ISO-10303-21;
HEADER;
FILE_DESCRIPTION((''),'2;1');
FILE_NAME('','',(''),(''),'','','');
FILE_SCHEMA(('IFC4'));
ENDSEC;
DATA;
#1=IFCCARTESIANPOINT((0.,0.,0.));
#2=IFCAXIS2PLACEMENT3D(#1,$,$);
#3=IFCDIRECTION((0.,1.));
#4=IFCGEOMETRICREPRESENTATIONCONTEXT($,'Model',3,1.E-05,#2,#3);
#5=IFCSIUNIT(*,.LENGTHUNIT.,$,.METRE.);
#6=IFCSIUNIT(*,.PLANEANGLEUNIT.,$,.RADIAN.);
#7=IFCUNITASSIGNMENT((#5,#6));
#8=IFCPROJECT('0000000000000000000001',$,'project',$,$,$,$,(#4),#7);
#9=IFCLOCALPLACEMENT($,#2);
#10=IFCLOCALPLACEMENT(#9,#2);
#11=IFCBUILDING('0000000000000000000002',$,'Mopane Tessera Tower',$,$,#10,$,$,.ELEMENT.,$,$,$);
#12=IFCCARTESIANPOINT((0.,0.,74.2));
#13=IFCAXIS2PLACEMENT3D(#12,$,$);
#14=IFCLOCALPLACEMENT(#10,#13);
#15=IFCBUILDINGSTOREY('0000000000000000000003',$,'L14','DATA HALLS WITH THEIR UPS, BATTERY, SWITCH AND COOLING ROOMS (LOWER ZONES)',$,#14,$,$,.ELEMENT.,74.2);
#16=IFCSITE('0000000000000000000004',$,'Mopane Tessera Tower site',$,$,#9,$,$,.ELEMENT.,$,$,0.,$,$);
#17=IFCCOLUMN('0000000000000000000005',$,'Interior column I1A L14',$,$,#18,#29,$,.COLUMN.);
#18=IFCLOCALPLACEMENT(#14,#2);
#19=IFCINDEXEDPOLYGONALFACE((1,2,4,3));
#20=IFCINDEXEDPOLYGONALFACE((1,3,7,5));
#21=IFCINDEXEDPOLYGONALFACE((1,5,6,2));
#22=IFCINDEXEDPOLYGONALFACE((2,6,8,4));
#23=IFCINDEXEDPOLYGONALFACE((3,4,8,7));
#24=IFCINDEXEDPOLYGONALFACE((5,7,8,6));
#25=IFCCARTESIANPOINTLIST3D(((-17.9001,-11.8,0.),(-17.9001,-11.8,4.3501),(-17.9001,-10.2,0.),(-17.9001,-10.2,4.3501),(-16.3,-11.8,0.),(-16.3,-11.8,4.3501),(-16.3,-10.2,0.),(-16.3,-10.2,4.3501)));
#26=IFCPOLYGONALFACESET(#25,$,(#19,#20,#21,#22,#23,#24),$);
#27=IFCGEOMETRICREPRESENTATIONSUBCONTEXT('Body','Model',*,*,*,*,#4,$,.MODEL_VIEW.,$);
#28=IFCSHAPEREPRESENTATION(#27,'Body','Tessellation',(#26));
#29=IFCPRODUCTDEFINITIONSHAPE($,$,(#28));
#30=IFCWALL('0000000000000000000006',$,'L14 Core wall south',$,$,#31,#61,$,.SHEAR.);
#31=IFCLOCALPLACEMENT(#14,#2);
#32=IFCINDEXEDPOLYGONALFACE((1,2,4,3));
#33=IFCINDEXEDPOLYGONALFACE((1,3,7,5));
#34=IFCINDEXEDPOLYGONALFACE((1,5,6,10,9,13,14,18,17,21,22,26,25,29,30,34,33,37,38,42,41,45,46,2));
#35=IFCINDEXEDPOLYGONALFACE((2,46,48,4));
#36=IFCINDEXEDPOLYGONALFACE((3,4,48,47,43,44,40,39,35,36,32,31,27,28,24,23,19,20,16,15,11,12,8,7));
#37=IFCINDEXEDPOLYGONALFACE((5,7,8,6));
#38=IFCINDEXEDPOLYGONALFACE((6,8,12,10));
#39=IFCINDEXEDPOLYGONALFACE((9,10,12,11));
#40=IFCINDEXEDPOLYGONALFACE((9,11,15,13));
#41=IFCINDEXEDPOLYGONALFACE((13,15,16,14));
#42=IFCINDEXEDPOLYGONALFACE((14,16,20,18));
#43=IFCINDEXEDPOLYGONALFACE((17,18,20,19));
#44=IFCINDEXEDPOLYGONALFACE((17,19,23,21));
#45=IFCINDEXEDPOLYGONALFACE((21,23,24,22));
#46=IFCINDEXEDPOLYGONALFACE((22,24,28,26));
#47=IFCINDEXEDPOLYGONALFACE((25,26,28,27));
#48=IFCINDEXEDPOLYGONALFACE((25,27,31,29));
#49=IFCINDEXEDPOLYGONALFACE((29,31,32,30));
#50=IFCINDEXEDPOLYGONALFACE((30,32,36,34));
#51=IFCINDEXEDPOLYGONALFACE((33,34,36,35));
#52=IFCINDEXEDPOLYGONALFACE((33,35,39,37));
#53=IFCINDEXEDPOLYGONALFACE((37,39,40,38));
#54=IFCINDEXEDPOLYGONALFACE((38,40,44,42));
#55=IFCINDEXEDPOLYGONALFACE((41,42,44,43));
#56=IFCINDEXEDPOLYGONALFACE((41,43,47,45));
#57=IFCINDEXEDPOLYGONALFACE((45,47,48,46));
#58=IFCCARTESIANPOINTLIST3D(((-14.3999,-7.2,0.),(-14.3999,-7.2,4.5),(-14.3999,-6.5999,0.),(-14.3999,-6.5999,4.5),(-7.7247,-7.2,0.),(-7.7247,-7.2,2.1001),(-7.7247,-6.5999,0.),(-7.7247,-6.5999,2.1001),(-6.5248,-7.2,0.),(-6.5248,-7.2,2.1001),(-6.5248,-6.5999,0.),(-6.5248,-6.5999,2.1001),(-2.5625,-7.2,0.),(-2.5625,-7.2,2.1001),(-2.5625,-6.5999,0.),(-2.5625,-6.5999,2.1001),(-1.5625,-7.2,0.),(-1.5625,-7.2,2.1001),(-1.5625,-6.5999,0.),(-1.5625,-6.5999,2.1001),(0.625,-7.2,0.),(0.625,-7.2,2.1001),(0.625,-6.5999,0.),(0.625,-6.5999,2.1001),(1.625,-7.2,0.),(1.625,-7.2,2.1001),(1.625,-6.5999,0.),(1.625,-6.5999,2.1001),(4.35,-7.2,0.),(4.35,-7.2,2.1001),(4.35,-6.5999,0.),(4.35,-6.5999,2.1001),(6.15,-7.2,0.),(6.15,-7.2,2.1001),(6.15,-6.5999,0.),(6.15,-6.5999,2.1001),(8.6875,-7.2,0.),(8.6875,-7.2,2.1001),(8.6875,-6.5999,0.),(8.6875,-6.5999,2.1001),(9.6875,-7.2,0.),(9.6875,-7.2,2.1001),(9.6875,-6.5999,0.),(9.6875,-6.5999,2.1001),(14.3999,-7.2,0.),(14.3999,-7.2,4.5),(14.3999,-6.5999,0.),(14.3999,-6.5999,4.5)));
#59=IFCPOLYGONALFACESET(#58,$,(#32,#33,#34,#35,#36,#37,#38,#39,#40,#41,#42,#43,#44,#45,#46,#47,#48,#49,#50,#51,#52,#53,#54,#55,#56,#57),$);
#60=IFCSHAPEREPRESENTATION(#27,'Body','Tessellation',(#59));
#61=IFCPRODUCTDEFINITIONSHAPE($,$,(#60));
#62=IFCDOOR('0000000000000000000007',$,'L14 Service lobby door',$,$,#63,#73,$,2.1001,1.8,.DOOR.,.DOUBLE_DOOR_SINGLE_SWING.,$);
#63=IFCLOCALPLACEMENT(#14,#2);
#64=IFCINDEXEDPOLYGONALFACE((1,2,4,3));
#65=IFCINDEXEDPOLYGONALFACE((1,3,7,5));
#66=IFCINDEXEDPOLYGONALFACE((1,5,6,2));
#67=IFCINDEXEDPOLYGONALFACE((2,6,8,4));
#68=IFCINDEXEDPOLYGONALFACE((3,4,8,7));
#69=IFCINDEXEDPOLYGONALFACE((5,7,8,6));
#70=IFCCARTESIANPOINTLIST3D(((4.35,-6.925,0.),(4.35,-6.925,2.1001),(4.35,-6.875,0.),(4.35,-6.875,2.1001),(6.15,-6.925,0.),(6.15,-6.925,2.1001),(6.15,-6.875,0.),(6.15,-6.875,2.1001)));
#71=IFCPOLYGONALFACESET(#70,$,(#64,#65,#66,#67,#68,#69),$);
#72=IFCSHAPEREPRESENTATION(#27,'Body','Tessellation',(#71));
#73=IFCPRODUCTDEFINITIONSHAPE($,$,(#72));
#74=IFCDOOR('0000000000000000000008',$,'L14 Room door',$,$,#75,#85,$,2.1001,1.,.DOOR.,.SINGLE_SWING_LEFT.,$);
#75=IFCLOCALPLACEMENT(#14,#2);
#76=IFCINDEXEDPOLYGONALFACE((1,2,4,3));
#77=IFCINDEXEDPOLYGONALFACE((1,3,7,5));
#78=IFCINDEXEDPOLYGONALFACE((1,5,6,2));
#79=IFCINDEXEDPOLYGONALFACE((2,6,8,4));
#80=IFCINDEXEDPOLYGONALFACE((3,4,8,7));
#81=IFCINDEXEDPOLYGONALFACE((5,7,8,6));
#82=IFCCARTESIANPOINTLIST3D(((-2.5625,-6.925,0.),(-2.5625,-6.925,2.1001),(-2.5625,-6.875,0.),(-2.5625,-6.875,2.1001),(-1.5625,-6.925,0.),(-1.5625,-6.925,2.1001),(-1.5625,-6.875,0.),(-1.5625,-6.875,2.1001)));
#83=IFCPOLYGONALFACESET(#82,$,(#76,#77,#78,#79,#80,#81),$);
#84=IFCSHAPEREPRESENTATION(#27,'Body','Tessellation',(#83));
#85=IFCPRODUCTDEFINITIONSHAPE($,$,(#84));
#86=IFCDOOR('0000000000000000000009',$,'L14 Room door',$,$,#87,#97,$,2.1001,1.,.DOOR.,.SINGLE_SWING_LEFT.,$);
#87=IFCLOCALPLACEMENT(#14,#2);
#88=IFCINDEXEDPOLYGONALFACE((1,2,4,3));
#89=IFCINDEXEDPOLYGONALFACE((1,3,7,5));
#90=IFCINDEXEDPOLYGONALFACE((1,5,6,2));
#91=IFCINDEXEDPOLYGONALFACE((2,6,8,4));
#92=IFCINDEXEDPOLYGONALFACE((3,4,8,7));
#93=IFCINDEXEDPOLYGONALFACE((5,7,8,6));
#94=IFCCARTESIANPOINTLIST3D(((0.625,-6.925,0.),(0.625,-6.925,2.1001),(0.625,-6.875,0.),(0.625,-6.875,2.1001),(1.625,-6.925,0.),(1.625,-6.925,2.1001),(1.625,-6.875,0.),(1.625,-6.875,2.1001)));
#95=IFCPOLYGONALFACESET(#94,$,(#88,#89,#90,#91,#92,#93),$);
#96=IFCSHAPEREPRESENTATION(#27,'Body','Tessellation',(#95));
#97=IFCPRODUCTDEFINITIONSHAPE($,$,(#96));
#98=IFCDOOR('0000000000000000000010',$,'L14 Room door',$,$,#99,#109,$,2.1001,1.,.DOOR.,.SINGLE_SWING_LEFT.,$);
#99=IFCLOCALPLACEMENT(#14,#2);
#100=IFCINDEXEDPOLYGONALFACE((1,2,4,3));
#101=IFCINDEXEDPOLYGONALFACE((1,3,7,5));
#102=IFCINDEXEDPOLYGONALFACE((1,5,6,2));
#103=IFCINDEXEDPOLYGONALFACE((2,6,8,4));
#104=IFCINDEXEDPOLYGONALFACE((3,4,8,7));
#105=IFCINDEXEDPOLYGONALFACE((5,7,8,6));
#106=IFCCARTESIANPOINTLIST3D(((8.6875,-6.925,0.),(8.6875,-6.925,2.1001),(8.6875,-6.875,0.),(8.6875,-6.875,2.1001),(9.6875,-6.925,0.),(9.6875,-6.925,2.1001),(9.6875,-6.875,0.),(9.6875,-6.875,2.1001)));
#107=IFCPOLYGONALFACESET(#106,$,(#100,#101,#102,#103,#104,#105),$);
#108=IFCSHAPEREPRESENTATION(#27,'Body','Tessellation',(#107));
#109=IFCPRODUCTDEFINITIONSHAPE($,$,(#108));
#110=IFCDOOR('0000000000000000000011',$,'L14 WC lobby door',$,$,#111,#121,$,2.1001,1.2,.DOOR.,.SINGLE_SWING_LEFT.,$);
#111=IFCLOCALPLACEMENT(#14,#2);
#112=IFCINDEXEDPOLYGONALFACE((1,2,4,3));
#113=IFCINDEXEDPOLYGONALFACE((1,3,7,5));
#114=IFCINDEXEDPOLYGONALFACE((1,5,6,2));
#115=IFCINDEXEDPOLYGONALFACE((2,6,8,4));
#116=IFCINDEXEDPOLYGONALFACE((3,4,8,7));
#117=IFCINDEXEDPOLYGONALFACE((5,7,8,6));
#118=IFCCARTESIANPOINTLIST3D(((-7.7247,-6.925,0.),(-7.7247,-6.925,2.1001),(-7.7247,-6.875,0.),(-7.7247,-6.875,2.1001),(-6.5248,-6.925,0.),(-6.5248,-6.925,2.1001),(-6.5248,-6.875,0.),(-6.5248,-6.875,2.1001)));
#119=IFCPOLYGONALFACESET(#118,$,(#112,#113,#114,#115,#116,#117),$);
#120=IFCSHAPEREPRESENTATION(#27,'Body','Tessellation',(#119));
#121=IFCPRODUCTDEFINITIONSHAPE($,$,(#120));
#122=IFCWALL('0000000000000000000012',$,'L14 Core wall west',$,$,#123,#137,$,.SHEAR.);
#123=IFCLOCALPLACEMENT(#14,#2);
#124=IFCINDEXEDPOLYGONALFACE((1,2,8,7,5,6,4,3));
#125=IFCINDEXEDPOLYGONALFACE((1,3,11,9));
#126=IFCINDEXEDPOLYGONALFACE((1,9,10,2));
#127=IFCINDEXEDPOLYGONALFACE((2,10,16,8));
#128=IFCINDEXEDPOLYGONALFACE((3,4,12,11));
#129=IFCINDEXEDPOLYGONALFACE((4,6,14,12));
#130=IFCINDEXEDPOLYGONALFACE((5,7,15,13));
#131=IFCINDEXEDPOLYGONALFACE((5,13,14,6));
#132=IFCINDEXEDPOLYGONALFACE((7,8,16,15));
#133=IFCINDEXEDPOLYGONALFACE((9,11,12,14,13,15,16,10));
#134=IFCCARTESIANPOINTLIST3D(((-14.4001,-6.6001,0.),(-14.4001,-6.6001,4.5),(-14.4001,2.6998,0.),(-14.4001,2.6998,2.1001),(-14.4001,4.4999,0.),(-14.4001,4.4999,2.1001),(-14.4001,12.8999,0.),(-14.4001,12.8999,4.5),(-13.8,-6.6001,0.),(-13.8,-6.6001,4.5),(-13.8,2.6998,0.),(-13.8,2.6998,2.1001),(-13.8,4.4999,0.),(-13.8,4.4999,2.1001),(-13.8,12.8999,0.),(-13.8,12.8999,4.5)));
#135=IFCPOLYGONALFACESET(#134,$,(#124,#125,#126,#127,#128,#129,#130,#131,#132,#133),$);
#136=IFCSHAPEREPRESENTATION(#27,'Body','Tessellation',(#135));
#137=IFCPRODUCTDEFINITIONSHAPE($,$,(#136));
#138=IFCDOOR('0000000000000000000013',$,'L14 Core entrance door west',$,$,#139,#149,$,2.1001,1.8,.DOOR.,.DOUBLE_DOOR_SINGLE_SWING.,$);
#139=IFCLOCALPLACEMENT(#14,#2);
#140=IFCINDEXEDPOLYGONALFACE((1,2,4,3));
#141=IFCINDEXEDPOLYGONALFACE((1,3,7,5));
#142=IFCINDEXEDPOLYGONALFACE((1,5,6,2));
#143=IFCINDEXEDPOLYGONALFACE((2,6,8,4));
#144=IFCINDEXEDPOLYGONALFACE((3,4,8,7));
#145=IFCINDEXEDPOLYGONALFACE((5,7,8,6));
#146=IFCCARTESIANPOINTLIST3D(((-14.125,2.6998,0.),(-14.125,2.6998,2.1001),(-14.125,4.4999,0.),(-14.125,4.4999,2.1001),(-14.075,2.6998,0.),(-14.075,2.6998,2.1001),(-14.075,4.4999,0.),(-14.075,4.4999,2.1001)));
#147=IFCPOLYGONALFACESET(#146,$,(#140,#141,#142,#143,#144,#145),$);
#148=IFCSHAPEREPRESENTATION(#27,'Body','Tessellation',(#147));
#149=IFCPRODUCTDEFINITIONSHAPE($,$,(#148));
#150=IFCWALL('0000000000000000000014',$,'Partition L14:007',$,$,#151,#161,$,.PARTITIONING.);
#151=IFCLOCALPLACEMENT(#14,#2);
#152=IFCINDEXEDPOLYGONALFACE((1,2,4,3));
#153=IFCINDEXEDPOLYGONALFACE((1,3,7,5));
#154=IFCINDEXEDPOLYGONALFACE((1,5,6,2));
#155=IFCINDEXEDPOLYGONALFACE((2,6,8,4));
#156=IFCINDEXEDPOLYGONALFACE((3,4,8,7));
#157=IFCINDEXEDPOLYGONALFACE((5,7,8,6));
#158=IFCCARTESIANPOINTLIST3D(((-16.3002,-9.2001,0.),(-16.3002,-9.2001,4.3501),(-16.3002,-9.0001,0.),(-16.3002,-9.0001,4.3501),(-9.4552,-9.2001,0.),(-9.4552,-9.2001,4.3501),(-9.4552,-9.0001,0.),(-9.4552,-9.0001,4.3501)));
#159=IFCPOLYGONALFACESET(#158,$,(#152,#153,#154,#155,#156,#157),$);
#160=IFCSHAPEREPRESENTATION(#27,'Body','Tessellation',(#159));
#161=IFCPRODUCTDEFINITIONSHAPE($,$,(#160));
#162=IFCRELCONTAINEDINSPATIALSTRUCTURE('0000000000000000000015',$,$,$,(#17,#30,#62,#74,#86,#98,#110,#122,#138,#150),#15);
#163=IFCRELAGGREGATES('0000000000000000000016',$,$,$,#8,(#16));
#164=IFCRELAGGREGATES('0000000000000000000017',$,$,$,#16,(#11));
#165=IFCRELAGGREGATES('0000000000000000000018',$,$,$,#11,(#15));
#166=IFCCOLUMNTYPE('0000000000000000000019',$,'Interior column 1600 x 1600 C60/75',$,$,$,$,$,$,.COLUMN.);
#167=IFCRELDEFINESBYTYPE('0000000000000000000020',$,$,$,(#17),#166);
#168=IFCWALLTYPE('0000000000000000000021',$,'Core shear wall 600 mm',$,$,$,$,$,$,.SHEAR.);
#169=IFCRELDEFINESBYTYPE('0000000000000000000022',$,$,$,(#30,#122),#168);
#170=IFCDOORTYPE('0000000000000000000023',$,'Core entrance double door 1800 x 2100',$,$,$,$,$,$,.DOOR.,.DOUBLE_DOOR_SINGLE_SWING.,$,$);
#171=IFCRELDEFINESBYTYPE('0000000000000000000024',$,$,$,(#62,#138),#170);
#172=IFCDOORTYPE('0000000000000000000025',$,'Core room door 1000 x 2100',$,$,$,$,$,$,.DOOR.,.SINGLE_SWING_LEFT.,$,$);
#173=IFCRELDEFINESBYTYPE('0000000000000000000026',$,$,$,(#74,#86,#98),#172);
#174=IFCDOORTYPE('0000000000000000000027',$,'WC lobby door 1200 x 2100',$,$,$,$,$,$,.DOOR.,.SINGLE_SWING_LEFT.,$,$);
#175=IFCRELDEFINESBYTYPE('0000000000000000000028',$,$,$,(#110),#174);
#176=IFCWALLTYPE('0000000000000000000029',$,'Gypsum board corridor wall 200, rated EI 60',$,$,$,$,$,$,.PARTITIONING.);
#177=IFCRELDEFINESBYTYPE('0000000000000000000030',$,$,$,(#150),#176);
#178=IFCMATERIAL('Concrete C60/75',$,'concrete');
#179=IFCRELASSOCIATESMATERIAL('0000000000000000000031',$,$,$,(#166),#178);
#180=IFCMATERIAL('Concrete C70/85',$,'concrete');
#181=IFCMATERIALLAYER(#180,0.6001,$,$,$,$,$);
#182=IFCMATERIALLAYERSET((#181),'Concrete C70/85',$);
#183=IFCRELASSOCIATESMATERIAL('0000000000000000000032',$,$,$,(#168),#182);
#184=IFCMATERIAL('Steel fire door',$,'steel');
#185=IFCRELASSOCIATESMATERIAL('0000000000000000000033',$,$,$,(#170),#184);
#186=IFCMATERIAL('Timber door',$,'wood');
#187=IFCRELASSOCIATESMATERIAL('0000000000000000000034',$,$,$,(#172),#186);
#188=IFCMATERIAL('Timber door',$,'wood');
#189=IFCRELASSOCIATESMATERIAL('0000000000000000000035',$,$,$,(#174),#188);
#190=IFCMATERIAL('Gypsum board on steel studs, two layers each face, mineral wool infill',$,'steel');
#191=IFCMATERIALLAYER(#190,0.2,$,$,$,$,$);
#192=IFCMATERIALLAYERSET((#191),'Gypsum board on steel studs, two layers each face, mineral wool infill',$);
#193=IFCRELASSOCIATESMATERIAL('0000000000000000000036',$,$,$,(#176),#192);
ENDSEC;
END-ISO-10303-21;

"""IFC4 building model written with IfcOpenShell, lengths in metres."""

from ifc_helpers import new_model, si_unit, direction, frame, frame_2d, origin, origin_2d, place, context, subcontext, project, spatial, rectangle, extrude, material, layer, layer_set, material_profile, profile_set, type_object, element, fill, save


model = new_model("IFC4")

# Units and contexts
model_context = context("Model", 3, precision=1e-05, world=origin(), true_north=direction((0.0, 1.0)))
body_context = subcontext(model_context, "Body", "Model", "MODEL_VIEW")
ifc_project = project(units=[si_unit("LENGTHUNIT", "METRE"), si_unit("PLANEANGLEUNIT", "RADIAN")], contexts=[model_context])

# Site, building, storey
site_placement = place(None, origin())
site = spatial("IfcSite", under=ifc_project, at=site_placement, Name="Mopane Tessera Tower site", CompositionType="ELEMENT", RefElevation=0.0)
building_placement = place(site_placement, origin())
building = spatial("IfcBuilding", under=site, at=building_placement, Name="Mopane Tessera Tower", CompositionType="ELEMENT")
storey_placement = place(building_placement, frame((0.0, 0.0, 74.2)))
storey = spatial("IfcBuildingStorey", under=building, at=storey_placement, Name="L14", Description="DATA HALLS WITH THEIR UPS, BATTERY, SWITCH AND COOLING ROOMS (LOWER ZONES)", CompositionType="ELEMENT", Elevation=74.2)

# Column
ifc_material_1 = material(Name="Concrete C60/75", Category="concrete")
ifc_material_profile = material_profile(ifc_material_1, rectangle(XDim=1.6001, YDim=1.6001, at=origin_2d()))
ifc_profile_set = profile_set([ifc_material_profile], Name="Concrete C60/75")
column_type = type_object("IfcColumnType", Name="Interior column 1600 x 1600 C60/75", PredefinedType="COLUMN", material=ifc_profile_set)
column_placement = place(storey_placement, frame((-17.1001, -11.0, 0.0), z_axis=(0.0, 0.0, 1.0), x_axis=(1.0, 0.0, 0.0)))
element("IfcColumn", 1, at=column_placement, inside=storey, type_object=column_type, Name="Interior column I1A L14", PredefinedType="COLUMN", context=body_context, shape_type="SweptSolid", body=[
    extrude(rectangle(XDim=1.6001, YDim=1.6001, at=origin_2d()), origin(), (0.0, 0.0, 1.0), 4.3501),
])

# Wall, openings, doors
ifc_material_2 = material(Name="Concrete C70/85", Category="concrete")
ifc_layer_1 = layer(ifc_material_2, 0.6001)
ifc_layer_set_1 = layer_set([ifc_layer_1], Name="Concrete C70/85")
wall_type_1 = type_object("IfcWallType", Name="Core shear wall 600 mm", PredefinedType="SHEAR", material=ifc_layer_set_1)
wall_1_placement = place(storey_placement, frame((-14.3999, -6.8999, 0.0), z_axis=(0.0, 0.0, 1.0), x_axis=(1.0, 0.0, 0.0)))
wall_1 = element("IfcWall", 2, at=wall_1_placement, inside=storey, type_object=wall_type_1, Name="L14 Core wall south", PredefinedType="SHEAR", context=body_context, shape_type="SweptSolid", body=[
    extrude(rectangle(XDim=28.7998, YDim=0.6001, at=frame_2d((14.3999, 0.0))), origin(), (0.0, 0.0, 1.0), 4.5),
])
opening_1_placement = place(wall_1_placement, frame((6.675, 0.0, 0.0)))
opening_1 = element("IfcOpeningElement", 3, at=opening_1_placement, cuts=wall_1, PredefinedType="OPENING", context=body_context, shape_type="SweptSolid", body=[
    extrude(rectangle(XDim=1.2, YDim=2.1001, at=frame_2d((0.6001, 1.05))), frame((0.0, 0.312, 0.0), z_axis=(0.0, -1.0, 0.0), x_axis=(1.0, 0.0, 0.0)), (0.0, 0.0, 1.0), 0.624),
])
opening_2_placement = place(wall_1_placement, frame((11.8374, 0.0, 0.0)))
opening_2 = element("IfcOpeningElement", 4, at=opening_2_placement, cuts=wall_1, PredefinedType="OPENING", context=body_context, shape_type="SweptSolid", body=[
    extrude(rectangle(XDim=1.0, YDim=2.1001, at=frame_2d((0.5, 1.05))), frame((0.0, 0.312, 0.0), z_axis=(0.0, -1.0, 0.0), x_axis=(1.0, 0.0, 0.0)), (0.0, 0.0, 1.0), 0.624),
])
opening_3_placement = place(wall_1_placement, frame((15.0249, 0.0, 0.0)))
opening_3 = element("IfcOpeningElement", 5, at=opening_3_placement, cuts=wall_1, PredefinedType="OPENING", context=body_context, shape_type="SweptSolid", body=[
    extrude(rectangle(XDim=1.0, YDim=2.1001, at=frame_2d((0.5, 1.05))), frame((0.0, 0.312, 0.0), z_axis=(0.0, -1.0, 0.0), x_axis=(1.0, 0.0, 0.0)), (0.0, 0.0, 1.0), 0.624),
])
opening_4_placement = place(wall_1_placement, frame((18.75, 0.0, 0.0)))
opening_4 = element("IfcOpeningElement", 6, at=opening_4_placement, cuts=wall_1, PredefinedType="OPENING", context=body_context, shape_type="SweptSolid", body=[
    extrude(rectangle(XDim=1.8, YDim=2.1001, at=frame_2d((0.8999, 1.05))), frame((0.0, 0.312, 0.0), z_axis=(0.0, -1.0, 0.0), x_axis=(1.0, 0.0, 0.0)), (0.0, 0.0, 1.0), 0.624),
])
opening_5_placement = place(wall_1_placement, frame((23.0874, 0.0, 0.0)))
opening_5 = element("IfcOpeningElement", 7, at=opening_5_placement, cuts=wall_1, PredefinedType="OPENING", context=body_context, shape_type="SweptSolid", body=[
    extrude(rectangle(XDim=1.0, YDim=2.1001, at=frame_2d((0.5, 1.05))), frame((0.0, 0.312, 0.0), z_axis=(0.0, -1.0, 0.0), x_axis=(1.0, 0.0, 0.0)), (0.0, 0.0, 1.0), 0.624),
])
ifc_material_3 = material(Name="Steel fire door", Category="steel")
door_type_1 = type_object("IfcDoorType", Name="Core entrance double door 1800 x 2100", OperationType="DOUBLE_DOOR_SINGLE_SWING", PredefinedType="DOOR", material=ifc_material_3)
door_1_placement = place(opening_4_placement, origin())
door_1 = element("IfcDoor", 8, at=door_1_placement, inside=storey, type_object=door_type_1, Name="L14 Service lobby door", OperationType="DOUBLE_DOOR_SINGLE_SWING", OverallHeight=2.1001, OverallWidth=1.8, PredefinedType="DOOR", context=body_context, shape_type="SweptSolid", body=[
    extrude(rectangle(XDim=1.8, YDim=2.1001, at=frame_2d((0.8999, 1.05))), frame((0.0, 0.0249, 0.0), z_axis=(0.0, -1.0, 0.0), x_axis=(1.0, 0.0, 0.0)), (0.0, 0.0, 1.0), 0.05),
])
fill(opening_4, door_1)
ifc_material_4 = material(Name="Timber door", Category="wood")
door_type_2 = type_object("IfcDoorType", Name="Core room door 1000 x 2100", OperationType="SINGLE_SWING_LEFT", PredefinedType="DOOR", material=ifc_material_4)
door_2_placement = place(opening_2_placement, origin())
door_2 = element("IfcDoor", 9, at=door_2_placement, inside=storey, type_object=door_type_2, Name="L14 Room door", OperationType="SINGLE_SWING_LEFT", OverallHeight=2.1001, OverallWidth=1.0, PredefinedType="DOOR", context=body_context, shape_type="SweptSolid", body=[
    extrude(rectangle(XDim=1.0, YDim=2.1001, at=frame_2d((0.5, 1.05))), frame((0.0, 0.0249, 0.0), z_axis=(0.0, -1.0, 0.0), x_axis=(1.0, 0.0, 0.0)), (0.0, 0.0, 1.0), 0.05),
])
fill(opening_2, door_2)
door_3_placement = place(opening_3_placement, origin())
door_3 = element("IfcDoor", 10, at=door_3_placement, inside=storey, type_object=door_type_2, Name="L14 Room door", OperationType="SINGLE_SWING_LEFT", OverallHeight=2.1001, OverallWidth=1.0, PredefinedType="DOOR", context=body_context, shape_type="SweptSolid", body=[
    extrude(rectangle(XDim=1.0, YDim=2.1001, at=frame_2d((0.5, 1.05))), frame((0.0, 0.0249, 0.0), z_axis=(0.0, -1.0, 0.0), x_axis=(1.0, 0.0, 0.0)), (0.0, 0.0, 1.0), 0.05),
])
fill(opening_3, door_3)
door_4_placement = place(opening_5_placement, origin())
door_4 = element("IfcDoor", 11, at=door_4_placement, inside=storey, type_object=door_type_2, Name="L14 Room door", OperationType="SINGLE_SWING_LEFT", OverallHeight=2.1001, OverallWidth=1.0, PredefinedType="DOOR", context=body_context, shape_type="SweptSolid", body=[
    extrude(rectangle(XDim=1.0, YDim=2.1001, at=frame_2d((0.5, 1.05))), frame((0.0, 0.0249, 0.0), z_axis=(0.0, -1.0, 0.0), x_axis=(1.0, 0.0, 0.0)), (0.0, 0.0, 1.0), 0.05),
])
fill(opening_5, door_4)
ifc_material_5 = material(Name="Timber door", Category="wood")
door_type_3 = type_object("IfcDoorType", Name="WC lobby door 1200 x 2100", OperationType="SINGLE_SWING_LEFT", PredefinedType="DOOR", material=ifc_material_5)
door_5_placement = place(opening_1_placement, origin())
door_5 = element("IfcDoor", 12, at=door_5_placement, inside=storey, type_object=door_type_3, Name="L14 WC lobby door", OperationType="SINGLE_SWING_LEFT", OverallHeight=2.1001, OverallWidth=1.2, PredefinedType="DOOR", context=body_context, shape_type="SweptSolid", body=[
    extrude(rectangle(XDim=1.2, YDim=2.1001, at=frame_2d((0.6001, 1.05))), frame((0.0, 0.0249, 0.0), z_axis=(0.0, -1.0, 0.0), x_axis=(1.0, 0.0, 0.0)), (0.0, 0.0, 1.0), 0.05),
])
fill(opening_1, door_5)

# Wall, opening, door
wall_2_placement = place(storey_placement, frame((-14.1001, -6.6001, 0.0), z_axis=(0.0, 0.0, 1.0), x_axis=(0.0, 1.0, 0.0)))
wall_2 = element("IfcWall", 13, at=wall_2_placement, inside=storey, type_object=wall_type_1, Name="L14 Core wall west", PredefinedType="SHEAR", context=body_context, shape_type="SweptSolid", body=[
    extrude(rectangle(XDim=19.5, YDim=0.6001, at=frame_2d((9.75, 0.0))), origin(), (0.0, 0.0, 1.0), 4.5),
])
opening_6_placement = place(wall_2_placement, frame((9.3, 0.0, 0.0)))
opening_6 = element("IfcOpeningElement", 14, at=opening_6_placement, cuts=wall_2, PredefinedType="OPENING", context=body_context, shape_type="SweptSolid", body=[
    extrude(rectangle(XDim=1.8, YDim=2.1001, at=frame_2d((0.8999, 1.05))), frame((0.0, 0.312, 0.0), z_axis=(0.0, -1.0, 0.0), x_axis=(1.0, 0.0, 0.0)), (0.0, 0.0, 1.0), 0.624),
])
door_6_placement = place(opening_6_placement, origin())
door_6 = element("IfcDoor", 15, at=door_6_placement, inside=storey, type_object=door_type_1, Name="L14 Core entrance door west", OperationType="DOUBLE_DOOR_SINGLE_SWING", OverallHeight=2.1001, OverallWidth=1.8, PredefinedType="DOOR", context=body_context, shape_type="SweptSolid", body=[
    extrude(rectangle(XDim=1.8, YDim=2.1001, at=frame_2d((0.8999, 1.05))), frame((0.0, 0.0249, 0.0), z_axis=(0.0, -1.0, 0.0), x_axis=(1.0, 0.0, 0.0)), (0.0, 0.0, 1.0), 0.05),
])
fill(opening_6, door_6)

# Wall
ifc_material_6 = material(Name="Gypsum board on steel studs, two layers each face, mineral wool infill", Category="steel")
ifc_layer_2 = layer(ifc_material_6, 0.2)
ifc_layer_set_2 = layer_set([ifc_layer_2], Name="Gypsum board on steel studs, two layers each face, mineral wool infill")
wall_type_2 = type_object("IfcWallType", Name="Gypsum board corridor wall 200, rated EI 60", PredefinedType="PARTITIONING", material=ifc_layer_set_2)
wall_3_placement = place(storey_placement, frame((-16.3, -9.1001, 0.0), z_axis=(0.0, 0.0, 1.0), x_axis=(1.0, 0.0, 0.0)))
element("IfcWall", 16, at=wall_3_placement, inside=storey, type_object=wall_type_2, Name="Partition L14:007", PredefinedType="PARTITIONING", context=body_context, shape_type="SweptSolid", body=[
    extrude(rectangle(XDim=6.845, YDim=0.2, at=frame_2d((3.4224, 0.0))), origin(), (0.0, 0.0, 1.0), 4.3501),
])

save(model, "model.ifc")
